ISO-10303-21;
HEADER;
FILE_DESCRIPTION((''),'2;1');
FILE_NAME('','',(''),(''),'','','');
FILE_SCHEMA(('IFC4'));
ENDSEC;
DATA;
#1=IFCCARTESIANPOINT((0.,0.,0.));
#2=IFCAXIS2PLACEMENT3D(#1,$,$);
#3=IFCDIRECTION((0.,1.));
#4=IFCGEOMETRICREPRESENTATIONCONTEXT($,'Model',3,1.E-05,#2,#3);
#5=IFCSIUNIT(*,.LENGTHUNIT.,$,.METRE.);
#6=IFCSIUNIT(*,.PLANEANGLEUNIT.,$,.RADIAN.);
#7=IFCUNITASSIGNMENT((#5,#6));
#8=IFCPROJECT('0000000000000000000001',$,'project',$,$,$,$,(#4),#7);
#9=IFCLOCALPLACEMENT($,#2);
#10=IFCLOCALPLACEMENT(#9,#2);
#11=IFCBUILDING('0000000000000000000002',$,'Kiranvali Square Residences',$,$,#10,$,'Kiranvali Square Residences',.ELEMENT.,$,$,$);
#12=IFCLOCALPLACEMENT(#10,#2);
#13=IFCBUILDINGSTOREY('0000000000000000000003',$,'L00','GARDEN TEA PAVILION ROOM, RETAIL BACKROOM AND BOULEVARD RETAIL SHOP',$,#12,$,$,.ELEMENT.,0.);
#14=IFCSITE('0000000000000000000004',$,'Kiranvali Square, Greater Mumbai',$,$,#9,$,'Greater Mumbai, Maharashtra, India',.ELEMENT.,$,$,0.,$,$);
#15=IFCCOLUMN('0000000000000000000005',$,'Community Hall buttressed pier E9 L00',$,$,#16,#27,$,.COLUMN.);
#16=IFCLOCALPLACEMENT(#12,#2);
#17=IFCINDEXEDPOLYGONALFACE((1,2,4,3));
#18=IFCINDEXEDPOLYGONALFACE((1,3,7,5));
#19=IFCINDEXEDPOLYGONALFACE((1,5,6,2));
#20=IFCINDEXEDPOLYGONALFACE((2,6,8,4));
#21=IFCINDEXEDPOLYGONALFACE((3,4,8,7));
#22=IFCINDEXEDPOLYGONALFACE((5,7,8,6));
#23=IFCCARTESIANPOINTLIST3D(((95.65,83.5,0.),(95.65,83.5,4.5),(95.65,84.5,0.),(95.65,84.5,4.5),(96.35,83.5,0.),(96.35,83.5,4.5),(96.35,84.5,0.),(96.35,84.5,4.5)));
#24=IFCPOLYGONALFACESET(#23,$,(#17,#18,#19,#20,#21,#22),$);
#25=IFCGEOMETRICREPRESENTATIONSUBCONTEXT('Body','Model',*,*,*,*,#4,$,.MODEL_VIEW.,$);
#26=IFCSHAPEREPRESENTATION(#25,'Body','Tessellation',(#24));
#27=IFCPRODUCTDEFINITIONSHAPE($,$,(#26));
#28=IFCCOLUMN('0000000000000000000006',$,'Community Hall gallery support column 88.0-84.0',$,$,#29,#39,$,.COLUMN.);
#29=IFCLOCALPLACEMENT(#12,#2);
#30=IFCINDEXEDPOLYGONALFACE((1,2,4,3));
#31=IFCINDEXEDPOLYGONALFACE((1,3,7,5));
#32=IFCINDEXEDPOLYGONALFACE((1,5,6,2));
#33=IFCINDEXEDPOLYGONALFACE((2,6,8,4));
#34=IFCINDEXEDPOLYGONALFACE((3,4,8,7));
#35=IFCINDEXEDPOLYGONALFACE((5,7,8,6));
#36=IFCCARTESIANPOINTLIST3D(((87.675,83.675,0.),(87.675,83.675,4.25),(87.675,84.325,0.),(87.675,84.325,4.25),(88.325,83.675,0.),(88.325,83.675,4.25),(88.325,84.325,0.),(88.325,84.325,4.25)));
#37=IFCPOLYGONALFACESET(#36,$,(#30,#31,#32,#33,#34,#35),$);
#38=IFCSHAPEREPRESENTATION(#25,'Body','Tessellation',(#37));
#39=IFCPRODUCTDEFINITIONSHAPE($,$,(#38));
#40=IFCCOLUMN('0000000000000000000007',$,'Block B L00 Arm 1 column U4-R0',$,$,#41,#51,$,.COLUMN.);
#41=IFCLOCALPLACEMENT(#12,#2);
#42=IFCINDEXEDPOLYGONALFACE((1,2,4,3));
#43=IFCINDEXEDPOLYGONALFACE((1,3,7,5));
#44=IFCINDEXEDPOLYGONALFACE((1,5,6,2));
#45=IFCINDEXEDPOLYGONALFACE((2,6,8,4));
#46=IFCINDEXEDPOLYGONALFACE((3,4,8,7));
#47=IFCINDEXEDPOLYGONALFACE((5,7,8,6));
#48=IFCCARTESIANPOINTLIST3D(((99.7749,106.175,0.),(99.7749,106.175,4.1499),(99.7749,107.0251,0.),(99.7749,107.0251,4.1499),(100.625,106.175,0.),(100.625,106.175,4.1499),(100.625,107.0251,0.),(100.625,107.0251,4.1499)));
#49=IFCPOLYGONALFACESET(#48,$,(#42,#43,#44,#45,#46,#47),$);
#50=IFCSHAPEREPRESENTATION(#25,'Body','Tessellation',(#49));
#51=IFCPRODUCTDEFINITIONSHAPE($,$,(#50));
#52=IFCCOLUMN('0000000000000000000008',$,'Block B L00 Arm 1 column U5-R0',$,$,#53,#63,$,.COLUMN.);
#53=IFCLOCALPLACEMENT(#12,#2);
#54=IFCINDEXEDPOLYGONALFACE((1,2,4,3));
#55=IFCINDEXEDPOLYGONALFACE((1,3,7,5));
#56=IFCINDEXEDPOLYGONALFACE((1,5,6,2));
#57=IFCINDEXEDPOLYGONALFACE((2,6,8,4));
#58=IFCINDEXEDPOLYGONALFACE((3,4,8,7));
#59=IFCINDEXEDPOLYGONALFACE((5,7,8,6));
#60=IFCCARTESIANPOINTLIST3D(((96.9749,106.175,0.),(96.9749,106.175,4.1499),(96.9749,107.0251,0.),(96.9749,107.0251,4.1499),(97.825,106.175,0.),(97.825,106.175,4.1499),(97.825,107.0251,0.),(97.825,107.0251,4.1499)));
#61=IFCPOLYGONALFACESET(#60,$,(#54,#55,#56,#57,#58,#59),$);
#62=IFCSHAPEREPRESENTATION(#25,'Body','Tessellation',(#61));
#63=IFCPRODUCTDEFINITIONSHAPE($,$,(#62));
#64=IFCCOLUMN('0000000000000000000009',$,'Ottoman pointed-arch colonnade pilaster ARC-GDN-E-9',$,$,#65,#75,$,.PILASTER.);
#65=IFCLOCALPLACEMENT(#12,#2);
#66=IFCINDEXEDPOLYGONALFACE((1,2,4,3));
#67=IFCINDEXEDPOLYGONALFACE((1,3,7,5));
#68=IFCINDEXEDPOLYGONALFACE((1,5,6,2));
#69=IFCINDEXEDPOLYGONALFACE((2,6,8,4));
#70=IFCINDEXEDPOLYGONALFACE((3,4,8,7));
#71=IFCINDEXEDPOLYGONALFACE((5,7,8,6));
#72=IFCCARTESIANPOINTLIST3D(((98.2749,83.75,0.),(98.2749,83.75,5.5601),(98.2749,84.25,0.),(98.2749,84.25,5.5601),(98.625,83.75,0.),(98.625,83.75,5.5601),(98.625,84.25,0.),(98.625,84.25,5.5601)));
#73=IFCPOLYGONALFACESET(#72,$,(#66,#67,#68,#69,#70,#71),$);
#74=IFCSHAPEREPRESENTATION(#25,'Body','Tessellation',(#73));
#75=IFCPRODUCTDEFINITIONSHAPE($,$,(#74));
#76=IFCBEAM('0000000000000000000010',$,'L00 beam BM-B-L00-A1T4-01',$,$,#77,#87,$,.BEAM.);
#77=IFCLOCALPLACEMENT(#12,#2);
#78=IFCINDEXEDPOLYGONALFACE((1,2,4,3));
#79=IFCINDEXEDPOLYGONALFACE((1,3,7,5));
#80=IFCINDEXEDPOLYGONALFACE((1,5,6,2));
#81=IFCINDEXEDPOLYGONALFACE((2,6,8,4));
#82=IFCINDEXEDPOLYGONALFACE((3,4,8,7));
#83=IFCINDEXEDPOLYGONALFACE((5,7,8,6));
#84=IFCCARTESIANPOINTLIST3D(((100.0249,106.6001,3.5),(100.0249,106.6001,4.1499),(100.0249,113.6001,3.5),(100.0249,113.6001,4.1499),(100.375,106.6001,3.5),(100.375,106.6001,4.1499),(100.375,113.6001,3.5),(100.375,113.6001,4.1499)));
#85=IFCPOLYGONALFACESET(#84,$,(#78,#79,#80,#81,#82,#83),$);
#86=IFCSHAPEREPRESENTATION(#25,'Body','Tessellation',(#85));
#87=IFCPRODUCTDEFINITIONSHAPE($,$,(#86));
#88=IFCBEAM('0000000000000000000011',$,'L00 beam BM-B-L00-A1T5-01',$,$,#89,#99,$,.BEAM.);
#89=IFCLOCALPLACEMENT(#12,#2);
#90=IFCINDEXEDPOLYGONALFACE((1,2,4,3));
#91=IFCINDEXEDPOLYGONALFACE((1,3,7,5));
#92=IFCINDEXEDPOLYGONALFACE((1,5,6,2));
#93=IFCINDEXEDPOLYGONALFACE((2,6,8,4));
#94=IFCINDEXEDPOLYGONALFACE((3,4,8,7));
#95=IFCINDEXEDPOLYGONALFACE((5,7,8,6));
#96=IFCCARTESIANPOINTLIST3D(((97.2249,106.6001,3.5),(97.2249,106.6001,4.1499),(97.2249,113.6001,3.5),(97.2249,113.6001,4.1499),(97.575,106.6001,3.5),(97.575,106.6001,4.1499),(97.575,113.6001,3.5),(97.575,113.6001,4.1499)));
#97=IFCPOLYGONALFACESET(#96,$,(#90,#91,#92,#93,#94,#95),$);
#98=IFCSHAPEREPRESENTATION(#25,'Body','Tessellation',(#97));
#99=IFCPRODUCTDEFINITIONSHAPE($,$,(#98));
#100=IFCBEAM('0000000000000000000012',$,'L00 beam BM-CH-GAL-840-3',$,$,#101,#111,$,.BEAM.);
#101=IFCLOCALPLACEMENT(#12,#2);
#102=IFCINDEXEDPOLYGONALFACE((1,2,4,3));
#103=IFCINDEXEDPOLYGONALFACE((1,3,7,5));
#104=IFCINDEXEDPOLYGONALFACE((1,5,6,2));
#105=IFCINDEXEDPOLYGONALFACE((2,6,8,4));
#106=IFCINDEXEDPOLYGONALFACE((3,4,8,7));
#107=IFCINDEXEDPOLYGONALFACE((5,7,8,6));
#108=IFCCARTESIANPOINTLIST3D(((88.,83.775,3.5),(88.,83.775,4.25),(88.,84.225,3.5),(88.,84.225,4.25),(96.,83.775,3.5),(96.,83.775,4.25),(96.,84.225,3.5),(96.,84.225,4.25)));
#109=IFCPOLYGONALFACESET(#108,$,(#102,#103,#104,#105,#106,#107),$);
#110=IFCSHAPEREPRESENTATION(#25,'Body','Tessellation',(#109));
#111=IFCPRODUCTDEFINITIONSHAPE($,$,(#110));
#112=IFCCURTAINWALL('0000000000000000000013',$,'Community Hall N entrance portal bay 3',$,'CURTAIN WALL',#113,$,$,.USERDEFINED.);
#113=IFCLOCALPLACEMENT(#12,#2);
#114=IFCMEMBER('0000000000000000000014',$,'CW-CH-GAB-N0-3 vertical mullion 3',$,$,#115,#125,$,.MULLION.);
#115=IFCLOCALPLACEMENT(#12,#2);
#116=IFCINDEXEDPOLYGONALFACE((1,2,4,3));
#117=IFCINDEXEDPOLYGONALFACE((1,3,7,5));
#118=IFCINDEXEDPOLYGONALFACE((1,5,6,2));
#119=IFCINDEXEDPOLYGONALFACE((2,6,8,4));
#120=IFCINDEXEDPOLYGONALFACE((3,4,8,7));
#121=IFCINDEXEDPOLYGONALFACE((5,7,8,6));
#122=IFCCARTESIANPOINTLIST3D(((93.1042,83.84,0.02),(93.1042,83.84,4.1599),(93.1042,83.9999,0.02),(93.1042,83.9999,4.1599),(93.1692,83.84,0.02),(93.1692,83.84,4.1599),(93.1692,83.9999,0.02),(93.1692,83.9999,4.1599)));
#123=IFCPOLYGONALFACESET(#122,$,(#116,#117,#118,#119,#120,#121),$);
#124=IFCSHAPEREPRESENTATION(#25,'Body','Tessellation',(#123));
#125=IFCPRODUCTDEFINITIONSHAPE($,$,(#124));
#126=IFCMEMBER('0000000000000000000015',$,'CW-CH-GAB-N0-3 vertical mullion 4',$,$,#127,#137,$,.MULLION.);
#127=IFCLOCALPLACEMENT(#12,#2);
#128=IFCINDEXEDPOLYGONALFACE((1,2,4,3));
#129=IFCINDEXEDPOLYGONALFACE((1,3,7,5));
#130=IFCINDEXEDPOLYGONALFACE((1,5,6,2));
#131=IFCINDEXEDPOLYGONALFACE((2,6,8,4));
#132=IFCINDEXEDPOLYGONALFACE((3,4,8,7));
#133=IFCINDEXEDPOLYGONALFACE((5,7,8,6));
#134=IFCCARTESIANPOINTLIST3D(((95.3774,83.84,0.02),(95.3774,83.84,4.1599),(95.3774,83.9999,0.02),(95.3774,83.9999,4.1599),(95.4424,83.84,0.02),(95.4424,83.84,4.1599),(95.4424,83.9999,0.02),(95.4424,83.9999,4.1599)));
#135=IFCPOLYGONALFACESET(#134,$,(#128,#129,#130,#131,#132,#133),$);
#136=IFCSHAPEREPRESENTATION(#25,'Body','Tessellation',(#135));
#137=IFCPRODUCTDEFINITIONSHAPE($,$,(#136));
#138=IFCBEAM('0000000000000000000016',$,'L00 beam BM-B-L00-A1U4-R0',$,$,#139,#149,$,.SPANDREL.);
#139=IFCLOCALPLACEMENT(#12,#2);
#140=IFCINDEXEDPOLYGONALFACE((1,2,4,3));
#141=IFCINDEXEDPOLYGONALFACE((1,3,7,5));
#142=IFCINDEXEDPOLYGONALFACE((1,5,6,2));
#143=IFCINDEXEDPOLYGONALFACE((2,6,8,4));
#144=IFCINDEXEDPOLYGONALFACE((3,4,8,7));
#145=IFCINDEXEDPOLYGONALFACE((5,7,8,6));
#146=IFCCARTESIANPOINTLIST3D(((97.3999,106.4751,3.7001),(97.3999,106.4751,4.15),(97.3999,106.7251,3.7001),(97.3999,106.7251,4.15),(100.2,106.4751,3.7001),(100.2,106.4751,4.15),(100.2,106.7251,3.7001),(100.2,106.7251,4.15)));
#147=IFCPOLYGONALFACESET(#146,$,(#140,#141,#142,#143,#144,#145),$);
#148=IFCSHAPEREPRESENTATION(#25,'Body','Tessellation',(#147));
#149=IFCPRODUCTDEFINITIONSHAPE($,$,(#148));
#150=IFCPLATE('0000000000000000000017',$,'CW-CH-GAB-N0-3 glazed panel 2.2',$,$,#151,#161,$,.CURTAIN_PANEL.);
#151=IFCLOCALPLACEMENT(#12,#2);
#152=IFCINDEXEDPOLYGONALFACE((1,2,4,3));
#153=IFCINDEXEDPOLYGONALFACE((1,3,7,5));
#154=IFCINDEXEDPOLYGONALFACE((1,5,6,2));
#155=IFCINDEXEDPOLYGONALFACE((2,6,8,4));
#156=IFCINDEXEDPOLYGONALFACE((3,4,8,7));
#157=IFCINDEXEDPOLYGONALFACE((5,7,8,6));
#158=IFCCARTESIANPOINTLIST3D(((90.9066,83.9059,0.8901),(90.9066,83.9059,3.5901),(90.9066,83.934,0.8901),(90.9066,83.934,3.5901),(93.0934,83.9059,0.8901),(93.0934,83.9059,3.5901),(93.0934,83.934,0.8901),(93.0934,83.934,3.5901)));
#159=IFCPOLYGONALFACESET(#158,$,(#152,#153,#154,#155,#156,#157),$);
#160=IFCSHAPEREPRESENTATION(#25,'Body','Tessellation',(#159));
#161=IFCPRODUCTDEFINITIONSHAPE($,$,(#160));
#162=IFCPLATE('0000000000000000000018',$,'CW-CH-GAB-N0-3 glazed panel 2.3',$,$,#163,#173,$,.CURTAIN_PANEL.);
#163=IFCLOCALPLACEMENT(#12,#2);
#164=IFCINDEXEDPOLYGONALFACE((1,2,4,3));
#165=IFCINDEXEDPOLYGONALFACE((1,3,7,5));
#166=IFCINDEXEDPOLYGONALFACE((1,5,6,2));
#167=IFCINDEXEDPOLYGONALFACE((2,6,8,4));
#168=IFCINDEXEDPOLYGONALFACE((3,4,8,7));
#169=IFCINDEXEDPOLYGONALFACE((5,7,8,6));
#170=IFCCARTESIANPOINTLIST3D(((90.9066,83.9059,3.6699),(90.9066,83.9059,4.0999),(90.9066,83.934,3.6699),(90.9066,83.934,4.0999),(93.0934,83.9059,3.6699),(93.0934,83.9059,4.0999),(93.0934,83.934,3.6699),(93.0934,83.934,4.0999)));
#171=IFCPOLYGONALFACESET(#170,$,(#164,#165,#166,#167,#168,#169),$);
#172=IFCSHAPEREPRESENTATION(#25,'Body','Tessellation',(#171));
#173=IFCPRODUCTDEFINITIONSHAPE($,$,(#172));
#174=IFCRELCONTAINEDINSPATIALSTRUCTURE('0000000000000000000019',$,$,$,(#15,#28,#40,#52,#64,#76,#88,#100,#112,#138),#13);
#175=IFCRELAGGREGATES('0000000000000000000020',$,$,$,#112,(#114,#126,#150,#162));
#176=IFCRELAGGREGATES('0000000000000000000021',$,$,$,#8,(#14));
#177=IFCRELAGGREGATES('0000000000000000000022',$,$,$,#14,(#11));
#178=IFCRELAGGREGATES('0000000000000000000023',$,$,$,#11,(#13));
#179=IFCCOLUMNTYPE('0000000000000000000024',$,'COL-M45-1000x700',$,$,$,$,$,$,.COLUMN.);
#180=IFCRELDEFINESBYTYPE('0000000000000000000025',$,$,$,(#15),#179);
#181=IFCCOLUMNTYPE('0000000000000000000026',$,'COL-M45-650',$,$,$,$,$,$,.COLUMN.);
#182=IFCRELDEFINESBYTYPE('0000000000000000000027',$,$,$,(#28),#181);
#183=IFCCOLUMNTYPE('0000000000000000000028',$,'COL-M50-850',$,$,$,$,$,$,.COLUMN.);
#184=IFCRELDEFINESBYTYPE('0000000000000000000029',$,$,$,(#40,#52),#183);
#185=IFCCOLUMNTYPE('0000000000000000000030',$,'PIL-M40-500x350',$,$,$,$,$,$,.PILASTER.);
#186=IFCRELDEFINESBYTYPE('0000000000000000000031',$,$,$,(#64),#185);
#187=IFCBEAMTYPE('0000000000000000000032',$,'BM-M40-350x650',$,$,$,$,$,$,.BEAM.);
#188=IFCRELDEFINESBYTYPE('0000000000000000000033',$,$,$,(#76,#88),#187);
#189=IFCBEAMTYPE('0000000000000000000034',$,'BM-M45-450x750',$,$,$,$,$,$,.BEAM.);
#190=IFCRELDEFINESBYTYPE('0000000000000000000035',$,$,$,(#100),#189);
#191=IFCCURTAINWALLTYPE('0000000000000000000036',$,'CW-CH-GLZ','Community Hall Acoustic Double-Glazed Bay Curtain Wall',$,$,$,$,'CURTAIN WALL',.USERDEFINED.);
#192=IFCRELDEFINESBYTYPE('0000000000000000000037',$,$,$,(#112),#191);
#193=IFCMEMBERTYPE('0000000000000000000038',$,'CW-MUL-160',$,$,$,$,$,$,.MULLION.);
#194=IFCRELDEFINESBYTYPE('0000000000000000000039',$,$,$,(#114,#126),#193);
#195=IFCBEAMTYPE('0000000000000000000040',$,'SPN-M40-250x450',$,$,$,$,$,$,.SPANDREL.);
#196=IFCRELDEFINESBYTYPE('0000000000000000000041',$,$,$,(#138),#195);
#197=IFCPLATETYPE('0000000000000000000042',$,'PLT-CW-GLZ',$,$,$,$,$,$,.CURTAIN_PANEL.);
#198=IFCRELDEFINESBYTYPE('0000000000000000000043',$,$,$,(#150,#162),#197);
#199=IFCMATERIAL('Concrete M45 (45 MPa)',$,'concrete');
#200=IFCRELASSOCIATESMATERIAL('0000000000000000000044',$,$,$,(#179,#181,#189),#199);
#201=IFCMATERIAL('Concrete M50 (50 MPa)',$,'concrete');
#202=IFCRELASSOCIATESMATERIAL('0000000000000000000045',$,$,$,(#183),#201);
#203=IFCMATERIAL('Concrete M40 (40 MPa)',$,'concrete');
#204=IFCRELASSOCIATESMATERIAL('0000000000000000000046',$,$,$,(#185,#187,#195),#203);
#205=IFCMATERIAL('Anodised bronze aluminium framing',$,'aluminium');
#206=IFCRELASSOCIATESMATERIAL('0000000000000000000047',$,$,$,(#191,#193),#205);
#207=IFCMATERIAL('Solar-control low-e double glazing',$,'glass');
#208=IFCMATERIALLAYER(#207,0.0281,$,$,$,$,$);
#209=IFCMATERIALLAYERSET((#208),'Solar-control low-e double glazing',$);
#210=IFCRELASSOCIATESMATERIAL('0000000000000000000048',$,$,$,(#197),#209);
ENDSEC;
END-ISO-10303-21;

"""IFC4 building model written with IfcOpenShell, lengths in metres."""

from ifc_helpers import new_model, si_unit, direction, frame, origin, origin_2d, place, context, subcontext, project, spatial, rectangle, extrude, material, layer, layer_set, material_profile, profile_set, type_object, element, aggregate, save


model = new_model("IFC4")

# Units and contexts
model_context = context("Model", 3, precision=1e-05, world=origin(), true_north=direction((0.0, 1.0)))
body_context = subcontext(model_context, "Body", "Model", "MODEL_VIEW")
ifc_project = project(units=[si_unit("LENGTHUNIT", "METRE"), si_unit("PLANEANGLEUNIT", "RADIAN")], contexts=[model_context])

# Site, building, storey
site_placement = place(None, origin())
site = spatial("IfcSite", under=ifc_project, at=site_placement, Name="Kiranvali Square, Greater Mumbai", LongName="Greater Mumbai, Maharashtra, India", CompositionType="ELEMENT", RefElevation=0.0)
building_placement = place(site_placement, origin())
building = spatial("IfcBuilding", under=site, at=building_placement, Name="Kiranvali Square Residences", LongName="Kiranvali Square Residences", CompositionType="ELEMENT")
storey_placement = place(building_placement, origin())
storey = spatial("IfcBuildingStorey", under=building, at=storey_placement, Name="L00", Description="GARDEN TEA PAVILION ROOM, RETAIL BACKROOM AND BOULEVARD RETAIL SHOP", CompositionType="ELEMENT", Elevation=0.0)

# Columns
ifc_material_1 = material(Name="Concrete M45 (45 MPa)", Category="concrete")
ifc_material_profile_1 = material_profile(ifc_material_1, rectangle(XDim=0.7, YDim=1.0, at=origin_2d()), Name="RC 1000x700")
ifc_profile_set_1 = profile_set([ifc_material_profile_1], Name="Concrete M45 (45 MPa)")
column_type_1 = type_object("IfcColumnType", Name="COL-M45-1000x700", PredefinedType="COLUMN", material=ifc_profile_set_1)
column_1_placement = place(storey_placement, frame((96.0, 84.0, 0.0), z_axis=(0.0, 0.0, 1.0), x_axis=(1.0, 0.0, 0.0)))
element("IfcColumn", 1, at=column_1_placement, inside=storey, type_object=column_type_1, Name="Community Hall buttressed pier E9 L00", PredefinedType="COLUMN", context=body_context, shape_type="SweptSolid", body=[
    extrude(rectangle(XDim=0.7, YDim=1.0, at=origin_2d()), origin(), (0.0, 0.0, 1.0), 4.5),
])
ifc_material_profile_2 = material_profile(ifc_material_1, rectangle(XDim=0.6499, YDim=0.6499, at=origin_2d()), Name="RC 650x650")
ifc_profile_set_2 = profile_set([ifc_material_profile_2], Name="Concrete M45 (45 MPa)")
column_type_2 = type_object("IfcColumnType", Name="COL-M45-650", PredefinedType="COLUMN", material=ifc_profile_set_2)
column_2_placement = place(storey_placement, frame((88.0, 84.0, 0.0), z_axis=(0.0, 0.0, 1.0), x_axis=(1.0, 0.0, 0.0)))
element("IfcColumn", 2, at=column_2_placement, inside=storey, type_object=column_type_2, Name="Community Hall gallery support column 88.0-84.0", PredefinedType="COLUMN", context=body_context, shape_type="SweptSolid", body=[
    extrude(rectangle(XDim=0.6499, YDim=0.6499, at=origin_2d()), origin(), (0.0, 0.0, 1.0), 4.25),
])
ifc_material_2 = material(Name="Concrete M50 (50 MPa)", Category="concrete")
ifc_material_profile_3 = material_profile(ifc_material_2, rectangle(XDim=0.8501, YDim=0.8501, at=origin_2d()), Name="RC 850x850")
ifc_profile_set_3 = profile_set([ifc_material_profile_3], Name="Concrete M50 (50 MPa)")
column_type_3 = type_object("IfcColumnType", Name="COL-M50-850", PredefinedType="COLUMN", material=ifc_profile_set_3)
for number, where, z_axis, x_axis, name in (
    (3, (100.2, 106.6001, 0.0), (0.0, 0.0, 1.0), (1.0, 0.0, 0.0), "Block B L00 Arm 1 column U4-R0"),
    (4, (97.3999, 106.6001, 0.0), (0.0, 0.0, 1.0), (1.0, 0.0, 0.0), "Block B L00 Arm 1 column U5-R0"),
):
    element("IfcColumn", number, at=place(storey_placement, frame(where, z_axis=z_axis, x_axis=x_axis)), inside=storey, type_object=column_type_3, Name=name, PredefinedType="COLUMN", context=body_context, shape_type="SweptSolid", body=[
        extrude(rectangle(XDim=0.8501, YDim=0.8501, at=origin_2d()), origin(), (0.0, 0.0, 1.0), 4.1499),
    ])
ifc_material_3 = material(Name="Concrete M40 (40 MPa)", Category="concrete")
ifc_material_profile_4 = material_profile(ifc_material_3, rectangle(XDim=0.3501, YDim=0.5, at=origin_2d()), Name="RC 500x350")
ifc_profile_set_4 = profile_set([ifc_material_profile_4], Name="Concrete M40 (40 MPa)")
column_type_4 = type_object("IfcColumnType", Name="PIL-M40-500x350", PredefinedType="PILASTER", material=ifc_profile_set_4)
column_3_placement = place(storey_placement, frame((98.45, 84.0, 0.0), z_axis=(0.0, 0.0, 1.0), x_axis=(1.0, 0.0, 0.0)))
element("IfcColumn", 5, at=column_3_placement, inside=storey, type_object=column_type_4, Name="Ottoman pointed-arch colonnade pilaster ARC-GDN-E-9", PredefinedType="PILASTER", context=body_context, shape_type="SweptSolid", body=[
    extrude(rectangle(XDim=0.3501, YDim=0.5, at=origin_2d()), origin(), (0.0, 0.0, 1.0), 5.5601),
])

# Beams
ifc_material_profile_5 = material_profile(ifc_material_3, rectangle(XDim=0.3501, YDim=0.6499, at=origin_2d()), Name="RC 350x650")
ifc_profile_set_5 = profile_set([ifc_material_profile_5], Name="Concrete M40 (40 MPa)")
beam_type_1 = type_object("IfcBeamType", Name="BM-M40-350x650", PredefinedType="BEAM", material=ifc_profile_set_5)
for number, where, z_axis, x_axis, name in (
    (6, (100.2, 106.6001, 3.825), (0.0, 1.0, 0.0), (-1.0, 0.0, 0.0), "L00 beam BM-B-L00-A1T4-01"),
    (7, (97.3999, 106.6001, 3.825), (0.0, 1.0, 0.0), (-1.0, 0.0, 0.0), "L00 beam BM-B-L00-A1T5-01"),
):
    element("IfcBeam", number, at=place(storey_placement, frame(where, z_axis=z_axis, x_axis=x_axis)), inside=storey, type_object=beam_type_1, Name=name, PredefinedType="BEAM", context=body_context, shape_type="SweptSolid", body=[
        extrude(rectangle(XDim=0.3501, YDim=0.6499, at=origin_2d()), origin(), (0.0, 0.0, 1.0), 7.0),
    ])
ifc_material_profile_6 = material_profile(ifc_material_1, rectangle(XDim=0.45, YDim=0.75, at=origin_2d()), Name="RC 450x750")
ifc_profile_set_6 = profile_set([ifc_material_profile_6], Name="Concrete M45 (45 MPa)")
beam_type_2 = type_object("IfcBeamType", Name="BM-M45-450x750", PredefinedType="BEAM", material=ifc_profile_set_6)
beam_1_placement = place(storey_placement, frame((88.0, 84.0, 3.875), z_axis=(1.0, 0.0, 0.0), x_axis=(0.0, 1.0, 0.0)))
element("IfcBeam", 8, at=beam_1_placement, inside=storey, type_object=beam_type_2, Name="L00 beam BM-CH-GAL-840-3", PredefinedType="BEAM", context=body_context, shape_type="SweptSolid", body=[
    extrude(rectangle(XDim=0.45, YDim=0.75, at=origin_2d()), origin(), (0.0, 0.0, 1.0), 8.0),
])

# Curtain wall, members
ifc_material_4 = material(Name="Anodised bronze aluminium framing", Category="aluminium")
curtain_wall_type = type_object("IfcCurtainWallType", Name="CW-CH-GLZ", Description="Community Hall Acoustic Double-Glazed Bay Curtain Wall", ElementType="CURTAIN WALL", PredefinedType="USERDEFINED", material=ifc_material_4)
curtain_wall_placement = place(storey_placement, origin())
curtain_wall = element("IfcCurtainWall", 9, at=curtain_wall_placement, inside=storey, type_object=curtain_wall_type, Name="Community Hall N entrance portal bay 3", ObjectType="CURTAIN WALL", PredefinedType="USERDEFINED")
ifc_material_profile_7 = material_profile(ifc_material_4, rectangle(XDim=0.0649, YDim=0.1599, at=origin_2d()), Name="ALU 65x160")
ifc_profile_set_7 = profile_set([ifc_material_profile_7], Name="Anodised bronze aluminium framing")
member_type = type_object("IfcMemberType", Name="CW-MUL-160", PredefinedType="MULLION", material=ifc_profile_set_7)
member_1_placement = place(storey_placement, frame((93.1367, 83.9199, 0.02), z_axis=(0.0, 0.0, 1.0), x_axis=(1.0, 0.0, 0.0)))
member_1 = element("IfcMember", 10, at=member_1_placement, type_object=member_type, Name="CW-CH-GAB-N0-3 vertical mullion 3", PredefinedType="MULLION", context=body_context, shape_type="SweptSolid", body=[
    extrude(rectangle(XDim=0.0649, YDim=0.1599, at=origin_2d()), origin(), (0.0, 0.0, 1.0), 4.1399),
])
member_2_placement = place(storey_placement, frame((95.4099, 83.9199, 0.02), z_axis=(0.0, 0.0, 1.0), x_axis=(1.0, 0.0, 0.0)))
member_2 = element("IfcMember", 11, at=member_2_placement, type_object=member_type, Name="CW-CH-GAB-N0-3 vertical mullion 4", PredefinedType="MULLION", context=body_context, shape_type="SweptSolid", body=[
    extrude(rectangle(XDim=0.0649, YDim=0.1599, at=origin_2d()), origin(), (0.0, 0.0, 1.0), 4.1399),
])

# Beam
ifc_material_profile_8 = material_profile(ifc_material_3, rectangle(XDim=0.25, YDim=0.45, at=origin_2d()), Name="RC 250x450")
ifc_profile_set_8 = profile_set([ifc_material_profile_8], Name="Concrete M40 (40 MPa)")
beam_type_3 = type_object("IfcBeamType", Name="SPN-M40-250x450", PredefinedType="SPANDREL", material=ifc_profile_set_8)
beam_2_placement = place(storey_placement, frame((100.2, 106.6001, 3.925), z_axis=(-1.0, 0.0, 0.0), x_axis=(0.0, -1.0, 0.0)))
element("IfcBeam", 12, at=beam_2_placement, inside=storey, type_object=beam_type_3, Name="L00 beam BM-B-L00-A1U4-R0", PredefinedType="SPANDREL", context=body_context, shape_type="SweptSolid", body=[
    extrude(rectangle(XDim=0.25, YDim=0.45, at=origin_2d()), origin(), (0.0, 0.0, 1.0), 2.8),
])

# Plates
ifc_material_5 = material(Name="Solar-control low-e double glazing", Category="glass")
ifc_layer_1 = layer(ifc_material_5, 0.0281)
ifc_layer_set_1 = layer_set([ifc_layer_1], Name="Solar-control low-e double glazing")
plate_type_1 = type_object("IfcPlateType", Name="PLT-CW-GLZ", PredefinedType="CURTAIN_PANEL", material=ifc_layer_set_1)
plate_1_placement = place(storey_placement, frame((92.0, 83.9199, 0.8901), z_axis=(0.0, 0.0, 1.0), x_axis=(1.0, 0.0, 0.0)))
plate_1 = element("IfcPlate", 13, at=plate_1_placement, type_object=plate_type_1, Name="CW-CH-GAB-N0-3 glazed panel 2.2", PredefinedType="CURTAIN_PANEL", context=body_context, shape_type="SweptSolid", body=[
    extrude(rectangle(XDim=2.1868, YDim=0.0281, at=origin_2d()), origin(), (0.0, 0.0, 1.0), 2.7),
])
plate_2_placement = place(storey_placement, frame((92.0, 83.9199, 3.6699), z_axis=(0.0, 0.0, 1.0), x_axis=(1.0, 0.0, 0.0)))
plate_2 = element("IfcPlate", 14, at=plate_2_placement, type_object=plate_type_1, Name="CW-CH-GAB-N0-3 glazed panel 2.3", PredefinedType="CURTAIN_PANEL", context=body_context, shape_type="SweptSolid", body=[
    extrude(rectangle(XDim=2.1868, YDim=0.0281, at=origin_2d()), origin(), (0.0, 0.0, 1.0), 0.4299),
])
aggregate(curtain_wall, [member_1, member_2, plate_1, plate_2])

save(model, "model.ifc")
